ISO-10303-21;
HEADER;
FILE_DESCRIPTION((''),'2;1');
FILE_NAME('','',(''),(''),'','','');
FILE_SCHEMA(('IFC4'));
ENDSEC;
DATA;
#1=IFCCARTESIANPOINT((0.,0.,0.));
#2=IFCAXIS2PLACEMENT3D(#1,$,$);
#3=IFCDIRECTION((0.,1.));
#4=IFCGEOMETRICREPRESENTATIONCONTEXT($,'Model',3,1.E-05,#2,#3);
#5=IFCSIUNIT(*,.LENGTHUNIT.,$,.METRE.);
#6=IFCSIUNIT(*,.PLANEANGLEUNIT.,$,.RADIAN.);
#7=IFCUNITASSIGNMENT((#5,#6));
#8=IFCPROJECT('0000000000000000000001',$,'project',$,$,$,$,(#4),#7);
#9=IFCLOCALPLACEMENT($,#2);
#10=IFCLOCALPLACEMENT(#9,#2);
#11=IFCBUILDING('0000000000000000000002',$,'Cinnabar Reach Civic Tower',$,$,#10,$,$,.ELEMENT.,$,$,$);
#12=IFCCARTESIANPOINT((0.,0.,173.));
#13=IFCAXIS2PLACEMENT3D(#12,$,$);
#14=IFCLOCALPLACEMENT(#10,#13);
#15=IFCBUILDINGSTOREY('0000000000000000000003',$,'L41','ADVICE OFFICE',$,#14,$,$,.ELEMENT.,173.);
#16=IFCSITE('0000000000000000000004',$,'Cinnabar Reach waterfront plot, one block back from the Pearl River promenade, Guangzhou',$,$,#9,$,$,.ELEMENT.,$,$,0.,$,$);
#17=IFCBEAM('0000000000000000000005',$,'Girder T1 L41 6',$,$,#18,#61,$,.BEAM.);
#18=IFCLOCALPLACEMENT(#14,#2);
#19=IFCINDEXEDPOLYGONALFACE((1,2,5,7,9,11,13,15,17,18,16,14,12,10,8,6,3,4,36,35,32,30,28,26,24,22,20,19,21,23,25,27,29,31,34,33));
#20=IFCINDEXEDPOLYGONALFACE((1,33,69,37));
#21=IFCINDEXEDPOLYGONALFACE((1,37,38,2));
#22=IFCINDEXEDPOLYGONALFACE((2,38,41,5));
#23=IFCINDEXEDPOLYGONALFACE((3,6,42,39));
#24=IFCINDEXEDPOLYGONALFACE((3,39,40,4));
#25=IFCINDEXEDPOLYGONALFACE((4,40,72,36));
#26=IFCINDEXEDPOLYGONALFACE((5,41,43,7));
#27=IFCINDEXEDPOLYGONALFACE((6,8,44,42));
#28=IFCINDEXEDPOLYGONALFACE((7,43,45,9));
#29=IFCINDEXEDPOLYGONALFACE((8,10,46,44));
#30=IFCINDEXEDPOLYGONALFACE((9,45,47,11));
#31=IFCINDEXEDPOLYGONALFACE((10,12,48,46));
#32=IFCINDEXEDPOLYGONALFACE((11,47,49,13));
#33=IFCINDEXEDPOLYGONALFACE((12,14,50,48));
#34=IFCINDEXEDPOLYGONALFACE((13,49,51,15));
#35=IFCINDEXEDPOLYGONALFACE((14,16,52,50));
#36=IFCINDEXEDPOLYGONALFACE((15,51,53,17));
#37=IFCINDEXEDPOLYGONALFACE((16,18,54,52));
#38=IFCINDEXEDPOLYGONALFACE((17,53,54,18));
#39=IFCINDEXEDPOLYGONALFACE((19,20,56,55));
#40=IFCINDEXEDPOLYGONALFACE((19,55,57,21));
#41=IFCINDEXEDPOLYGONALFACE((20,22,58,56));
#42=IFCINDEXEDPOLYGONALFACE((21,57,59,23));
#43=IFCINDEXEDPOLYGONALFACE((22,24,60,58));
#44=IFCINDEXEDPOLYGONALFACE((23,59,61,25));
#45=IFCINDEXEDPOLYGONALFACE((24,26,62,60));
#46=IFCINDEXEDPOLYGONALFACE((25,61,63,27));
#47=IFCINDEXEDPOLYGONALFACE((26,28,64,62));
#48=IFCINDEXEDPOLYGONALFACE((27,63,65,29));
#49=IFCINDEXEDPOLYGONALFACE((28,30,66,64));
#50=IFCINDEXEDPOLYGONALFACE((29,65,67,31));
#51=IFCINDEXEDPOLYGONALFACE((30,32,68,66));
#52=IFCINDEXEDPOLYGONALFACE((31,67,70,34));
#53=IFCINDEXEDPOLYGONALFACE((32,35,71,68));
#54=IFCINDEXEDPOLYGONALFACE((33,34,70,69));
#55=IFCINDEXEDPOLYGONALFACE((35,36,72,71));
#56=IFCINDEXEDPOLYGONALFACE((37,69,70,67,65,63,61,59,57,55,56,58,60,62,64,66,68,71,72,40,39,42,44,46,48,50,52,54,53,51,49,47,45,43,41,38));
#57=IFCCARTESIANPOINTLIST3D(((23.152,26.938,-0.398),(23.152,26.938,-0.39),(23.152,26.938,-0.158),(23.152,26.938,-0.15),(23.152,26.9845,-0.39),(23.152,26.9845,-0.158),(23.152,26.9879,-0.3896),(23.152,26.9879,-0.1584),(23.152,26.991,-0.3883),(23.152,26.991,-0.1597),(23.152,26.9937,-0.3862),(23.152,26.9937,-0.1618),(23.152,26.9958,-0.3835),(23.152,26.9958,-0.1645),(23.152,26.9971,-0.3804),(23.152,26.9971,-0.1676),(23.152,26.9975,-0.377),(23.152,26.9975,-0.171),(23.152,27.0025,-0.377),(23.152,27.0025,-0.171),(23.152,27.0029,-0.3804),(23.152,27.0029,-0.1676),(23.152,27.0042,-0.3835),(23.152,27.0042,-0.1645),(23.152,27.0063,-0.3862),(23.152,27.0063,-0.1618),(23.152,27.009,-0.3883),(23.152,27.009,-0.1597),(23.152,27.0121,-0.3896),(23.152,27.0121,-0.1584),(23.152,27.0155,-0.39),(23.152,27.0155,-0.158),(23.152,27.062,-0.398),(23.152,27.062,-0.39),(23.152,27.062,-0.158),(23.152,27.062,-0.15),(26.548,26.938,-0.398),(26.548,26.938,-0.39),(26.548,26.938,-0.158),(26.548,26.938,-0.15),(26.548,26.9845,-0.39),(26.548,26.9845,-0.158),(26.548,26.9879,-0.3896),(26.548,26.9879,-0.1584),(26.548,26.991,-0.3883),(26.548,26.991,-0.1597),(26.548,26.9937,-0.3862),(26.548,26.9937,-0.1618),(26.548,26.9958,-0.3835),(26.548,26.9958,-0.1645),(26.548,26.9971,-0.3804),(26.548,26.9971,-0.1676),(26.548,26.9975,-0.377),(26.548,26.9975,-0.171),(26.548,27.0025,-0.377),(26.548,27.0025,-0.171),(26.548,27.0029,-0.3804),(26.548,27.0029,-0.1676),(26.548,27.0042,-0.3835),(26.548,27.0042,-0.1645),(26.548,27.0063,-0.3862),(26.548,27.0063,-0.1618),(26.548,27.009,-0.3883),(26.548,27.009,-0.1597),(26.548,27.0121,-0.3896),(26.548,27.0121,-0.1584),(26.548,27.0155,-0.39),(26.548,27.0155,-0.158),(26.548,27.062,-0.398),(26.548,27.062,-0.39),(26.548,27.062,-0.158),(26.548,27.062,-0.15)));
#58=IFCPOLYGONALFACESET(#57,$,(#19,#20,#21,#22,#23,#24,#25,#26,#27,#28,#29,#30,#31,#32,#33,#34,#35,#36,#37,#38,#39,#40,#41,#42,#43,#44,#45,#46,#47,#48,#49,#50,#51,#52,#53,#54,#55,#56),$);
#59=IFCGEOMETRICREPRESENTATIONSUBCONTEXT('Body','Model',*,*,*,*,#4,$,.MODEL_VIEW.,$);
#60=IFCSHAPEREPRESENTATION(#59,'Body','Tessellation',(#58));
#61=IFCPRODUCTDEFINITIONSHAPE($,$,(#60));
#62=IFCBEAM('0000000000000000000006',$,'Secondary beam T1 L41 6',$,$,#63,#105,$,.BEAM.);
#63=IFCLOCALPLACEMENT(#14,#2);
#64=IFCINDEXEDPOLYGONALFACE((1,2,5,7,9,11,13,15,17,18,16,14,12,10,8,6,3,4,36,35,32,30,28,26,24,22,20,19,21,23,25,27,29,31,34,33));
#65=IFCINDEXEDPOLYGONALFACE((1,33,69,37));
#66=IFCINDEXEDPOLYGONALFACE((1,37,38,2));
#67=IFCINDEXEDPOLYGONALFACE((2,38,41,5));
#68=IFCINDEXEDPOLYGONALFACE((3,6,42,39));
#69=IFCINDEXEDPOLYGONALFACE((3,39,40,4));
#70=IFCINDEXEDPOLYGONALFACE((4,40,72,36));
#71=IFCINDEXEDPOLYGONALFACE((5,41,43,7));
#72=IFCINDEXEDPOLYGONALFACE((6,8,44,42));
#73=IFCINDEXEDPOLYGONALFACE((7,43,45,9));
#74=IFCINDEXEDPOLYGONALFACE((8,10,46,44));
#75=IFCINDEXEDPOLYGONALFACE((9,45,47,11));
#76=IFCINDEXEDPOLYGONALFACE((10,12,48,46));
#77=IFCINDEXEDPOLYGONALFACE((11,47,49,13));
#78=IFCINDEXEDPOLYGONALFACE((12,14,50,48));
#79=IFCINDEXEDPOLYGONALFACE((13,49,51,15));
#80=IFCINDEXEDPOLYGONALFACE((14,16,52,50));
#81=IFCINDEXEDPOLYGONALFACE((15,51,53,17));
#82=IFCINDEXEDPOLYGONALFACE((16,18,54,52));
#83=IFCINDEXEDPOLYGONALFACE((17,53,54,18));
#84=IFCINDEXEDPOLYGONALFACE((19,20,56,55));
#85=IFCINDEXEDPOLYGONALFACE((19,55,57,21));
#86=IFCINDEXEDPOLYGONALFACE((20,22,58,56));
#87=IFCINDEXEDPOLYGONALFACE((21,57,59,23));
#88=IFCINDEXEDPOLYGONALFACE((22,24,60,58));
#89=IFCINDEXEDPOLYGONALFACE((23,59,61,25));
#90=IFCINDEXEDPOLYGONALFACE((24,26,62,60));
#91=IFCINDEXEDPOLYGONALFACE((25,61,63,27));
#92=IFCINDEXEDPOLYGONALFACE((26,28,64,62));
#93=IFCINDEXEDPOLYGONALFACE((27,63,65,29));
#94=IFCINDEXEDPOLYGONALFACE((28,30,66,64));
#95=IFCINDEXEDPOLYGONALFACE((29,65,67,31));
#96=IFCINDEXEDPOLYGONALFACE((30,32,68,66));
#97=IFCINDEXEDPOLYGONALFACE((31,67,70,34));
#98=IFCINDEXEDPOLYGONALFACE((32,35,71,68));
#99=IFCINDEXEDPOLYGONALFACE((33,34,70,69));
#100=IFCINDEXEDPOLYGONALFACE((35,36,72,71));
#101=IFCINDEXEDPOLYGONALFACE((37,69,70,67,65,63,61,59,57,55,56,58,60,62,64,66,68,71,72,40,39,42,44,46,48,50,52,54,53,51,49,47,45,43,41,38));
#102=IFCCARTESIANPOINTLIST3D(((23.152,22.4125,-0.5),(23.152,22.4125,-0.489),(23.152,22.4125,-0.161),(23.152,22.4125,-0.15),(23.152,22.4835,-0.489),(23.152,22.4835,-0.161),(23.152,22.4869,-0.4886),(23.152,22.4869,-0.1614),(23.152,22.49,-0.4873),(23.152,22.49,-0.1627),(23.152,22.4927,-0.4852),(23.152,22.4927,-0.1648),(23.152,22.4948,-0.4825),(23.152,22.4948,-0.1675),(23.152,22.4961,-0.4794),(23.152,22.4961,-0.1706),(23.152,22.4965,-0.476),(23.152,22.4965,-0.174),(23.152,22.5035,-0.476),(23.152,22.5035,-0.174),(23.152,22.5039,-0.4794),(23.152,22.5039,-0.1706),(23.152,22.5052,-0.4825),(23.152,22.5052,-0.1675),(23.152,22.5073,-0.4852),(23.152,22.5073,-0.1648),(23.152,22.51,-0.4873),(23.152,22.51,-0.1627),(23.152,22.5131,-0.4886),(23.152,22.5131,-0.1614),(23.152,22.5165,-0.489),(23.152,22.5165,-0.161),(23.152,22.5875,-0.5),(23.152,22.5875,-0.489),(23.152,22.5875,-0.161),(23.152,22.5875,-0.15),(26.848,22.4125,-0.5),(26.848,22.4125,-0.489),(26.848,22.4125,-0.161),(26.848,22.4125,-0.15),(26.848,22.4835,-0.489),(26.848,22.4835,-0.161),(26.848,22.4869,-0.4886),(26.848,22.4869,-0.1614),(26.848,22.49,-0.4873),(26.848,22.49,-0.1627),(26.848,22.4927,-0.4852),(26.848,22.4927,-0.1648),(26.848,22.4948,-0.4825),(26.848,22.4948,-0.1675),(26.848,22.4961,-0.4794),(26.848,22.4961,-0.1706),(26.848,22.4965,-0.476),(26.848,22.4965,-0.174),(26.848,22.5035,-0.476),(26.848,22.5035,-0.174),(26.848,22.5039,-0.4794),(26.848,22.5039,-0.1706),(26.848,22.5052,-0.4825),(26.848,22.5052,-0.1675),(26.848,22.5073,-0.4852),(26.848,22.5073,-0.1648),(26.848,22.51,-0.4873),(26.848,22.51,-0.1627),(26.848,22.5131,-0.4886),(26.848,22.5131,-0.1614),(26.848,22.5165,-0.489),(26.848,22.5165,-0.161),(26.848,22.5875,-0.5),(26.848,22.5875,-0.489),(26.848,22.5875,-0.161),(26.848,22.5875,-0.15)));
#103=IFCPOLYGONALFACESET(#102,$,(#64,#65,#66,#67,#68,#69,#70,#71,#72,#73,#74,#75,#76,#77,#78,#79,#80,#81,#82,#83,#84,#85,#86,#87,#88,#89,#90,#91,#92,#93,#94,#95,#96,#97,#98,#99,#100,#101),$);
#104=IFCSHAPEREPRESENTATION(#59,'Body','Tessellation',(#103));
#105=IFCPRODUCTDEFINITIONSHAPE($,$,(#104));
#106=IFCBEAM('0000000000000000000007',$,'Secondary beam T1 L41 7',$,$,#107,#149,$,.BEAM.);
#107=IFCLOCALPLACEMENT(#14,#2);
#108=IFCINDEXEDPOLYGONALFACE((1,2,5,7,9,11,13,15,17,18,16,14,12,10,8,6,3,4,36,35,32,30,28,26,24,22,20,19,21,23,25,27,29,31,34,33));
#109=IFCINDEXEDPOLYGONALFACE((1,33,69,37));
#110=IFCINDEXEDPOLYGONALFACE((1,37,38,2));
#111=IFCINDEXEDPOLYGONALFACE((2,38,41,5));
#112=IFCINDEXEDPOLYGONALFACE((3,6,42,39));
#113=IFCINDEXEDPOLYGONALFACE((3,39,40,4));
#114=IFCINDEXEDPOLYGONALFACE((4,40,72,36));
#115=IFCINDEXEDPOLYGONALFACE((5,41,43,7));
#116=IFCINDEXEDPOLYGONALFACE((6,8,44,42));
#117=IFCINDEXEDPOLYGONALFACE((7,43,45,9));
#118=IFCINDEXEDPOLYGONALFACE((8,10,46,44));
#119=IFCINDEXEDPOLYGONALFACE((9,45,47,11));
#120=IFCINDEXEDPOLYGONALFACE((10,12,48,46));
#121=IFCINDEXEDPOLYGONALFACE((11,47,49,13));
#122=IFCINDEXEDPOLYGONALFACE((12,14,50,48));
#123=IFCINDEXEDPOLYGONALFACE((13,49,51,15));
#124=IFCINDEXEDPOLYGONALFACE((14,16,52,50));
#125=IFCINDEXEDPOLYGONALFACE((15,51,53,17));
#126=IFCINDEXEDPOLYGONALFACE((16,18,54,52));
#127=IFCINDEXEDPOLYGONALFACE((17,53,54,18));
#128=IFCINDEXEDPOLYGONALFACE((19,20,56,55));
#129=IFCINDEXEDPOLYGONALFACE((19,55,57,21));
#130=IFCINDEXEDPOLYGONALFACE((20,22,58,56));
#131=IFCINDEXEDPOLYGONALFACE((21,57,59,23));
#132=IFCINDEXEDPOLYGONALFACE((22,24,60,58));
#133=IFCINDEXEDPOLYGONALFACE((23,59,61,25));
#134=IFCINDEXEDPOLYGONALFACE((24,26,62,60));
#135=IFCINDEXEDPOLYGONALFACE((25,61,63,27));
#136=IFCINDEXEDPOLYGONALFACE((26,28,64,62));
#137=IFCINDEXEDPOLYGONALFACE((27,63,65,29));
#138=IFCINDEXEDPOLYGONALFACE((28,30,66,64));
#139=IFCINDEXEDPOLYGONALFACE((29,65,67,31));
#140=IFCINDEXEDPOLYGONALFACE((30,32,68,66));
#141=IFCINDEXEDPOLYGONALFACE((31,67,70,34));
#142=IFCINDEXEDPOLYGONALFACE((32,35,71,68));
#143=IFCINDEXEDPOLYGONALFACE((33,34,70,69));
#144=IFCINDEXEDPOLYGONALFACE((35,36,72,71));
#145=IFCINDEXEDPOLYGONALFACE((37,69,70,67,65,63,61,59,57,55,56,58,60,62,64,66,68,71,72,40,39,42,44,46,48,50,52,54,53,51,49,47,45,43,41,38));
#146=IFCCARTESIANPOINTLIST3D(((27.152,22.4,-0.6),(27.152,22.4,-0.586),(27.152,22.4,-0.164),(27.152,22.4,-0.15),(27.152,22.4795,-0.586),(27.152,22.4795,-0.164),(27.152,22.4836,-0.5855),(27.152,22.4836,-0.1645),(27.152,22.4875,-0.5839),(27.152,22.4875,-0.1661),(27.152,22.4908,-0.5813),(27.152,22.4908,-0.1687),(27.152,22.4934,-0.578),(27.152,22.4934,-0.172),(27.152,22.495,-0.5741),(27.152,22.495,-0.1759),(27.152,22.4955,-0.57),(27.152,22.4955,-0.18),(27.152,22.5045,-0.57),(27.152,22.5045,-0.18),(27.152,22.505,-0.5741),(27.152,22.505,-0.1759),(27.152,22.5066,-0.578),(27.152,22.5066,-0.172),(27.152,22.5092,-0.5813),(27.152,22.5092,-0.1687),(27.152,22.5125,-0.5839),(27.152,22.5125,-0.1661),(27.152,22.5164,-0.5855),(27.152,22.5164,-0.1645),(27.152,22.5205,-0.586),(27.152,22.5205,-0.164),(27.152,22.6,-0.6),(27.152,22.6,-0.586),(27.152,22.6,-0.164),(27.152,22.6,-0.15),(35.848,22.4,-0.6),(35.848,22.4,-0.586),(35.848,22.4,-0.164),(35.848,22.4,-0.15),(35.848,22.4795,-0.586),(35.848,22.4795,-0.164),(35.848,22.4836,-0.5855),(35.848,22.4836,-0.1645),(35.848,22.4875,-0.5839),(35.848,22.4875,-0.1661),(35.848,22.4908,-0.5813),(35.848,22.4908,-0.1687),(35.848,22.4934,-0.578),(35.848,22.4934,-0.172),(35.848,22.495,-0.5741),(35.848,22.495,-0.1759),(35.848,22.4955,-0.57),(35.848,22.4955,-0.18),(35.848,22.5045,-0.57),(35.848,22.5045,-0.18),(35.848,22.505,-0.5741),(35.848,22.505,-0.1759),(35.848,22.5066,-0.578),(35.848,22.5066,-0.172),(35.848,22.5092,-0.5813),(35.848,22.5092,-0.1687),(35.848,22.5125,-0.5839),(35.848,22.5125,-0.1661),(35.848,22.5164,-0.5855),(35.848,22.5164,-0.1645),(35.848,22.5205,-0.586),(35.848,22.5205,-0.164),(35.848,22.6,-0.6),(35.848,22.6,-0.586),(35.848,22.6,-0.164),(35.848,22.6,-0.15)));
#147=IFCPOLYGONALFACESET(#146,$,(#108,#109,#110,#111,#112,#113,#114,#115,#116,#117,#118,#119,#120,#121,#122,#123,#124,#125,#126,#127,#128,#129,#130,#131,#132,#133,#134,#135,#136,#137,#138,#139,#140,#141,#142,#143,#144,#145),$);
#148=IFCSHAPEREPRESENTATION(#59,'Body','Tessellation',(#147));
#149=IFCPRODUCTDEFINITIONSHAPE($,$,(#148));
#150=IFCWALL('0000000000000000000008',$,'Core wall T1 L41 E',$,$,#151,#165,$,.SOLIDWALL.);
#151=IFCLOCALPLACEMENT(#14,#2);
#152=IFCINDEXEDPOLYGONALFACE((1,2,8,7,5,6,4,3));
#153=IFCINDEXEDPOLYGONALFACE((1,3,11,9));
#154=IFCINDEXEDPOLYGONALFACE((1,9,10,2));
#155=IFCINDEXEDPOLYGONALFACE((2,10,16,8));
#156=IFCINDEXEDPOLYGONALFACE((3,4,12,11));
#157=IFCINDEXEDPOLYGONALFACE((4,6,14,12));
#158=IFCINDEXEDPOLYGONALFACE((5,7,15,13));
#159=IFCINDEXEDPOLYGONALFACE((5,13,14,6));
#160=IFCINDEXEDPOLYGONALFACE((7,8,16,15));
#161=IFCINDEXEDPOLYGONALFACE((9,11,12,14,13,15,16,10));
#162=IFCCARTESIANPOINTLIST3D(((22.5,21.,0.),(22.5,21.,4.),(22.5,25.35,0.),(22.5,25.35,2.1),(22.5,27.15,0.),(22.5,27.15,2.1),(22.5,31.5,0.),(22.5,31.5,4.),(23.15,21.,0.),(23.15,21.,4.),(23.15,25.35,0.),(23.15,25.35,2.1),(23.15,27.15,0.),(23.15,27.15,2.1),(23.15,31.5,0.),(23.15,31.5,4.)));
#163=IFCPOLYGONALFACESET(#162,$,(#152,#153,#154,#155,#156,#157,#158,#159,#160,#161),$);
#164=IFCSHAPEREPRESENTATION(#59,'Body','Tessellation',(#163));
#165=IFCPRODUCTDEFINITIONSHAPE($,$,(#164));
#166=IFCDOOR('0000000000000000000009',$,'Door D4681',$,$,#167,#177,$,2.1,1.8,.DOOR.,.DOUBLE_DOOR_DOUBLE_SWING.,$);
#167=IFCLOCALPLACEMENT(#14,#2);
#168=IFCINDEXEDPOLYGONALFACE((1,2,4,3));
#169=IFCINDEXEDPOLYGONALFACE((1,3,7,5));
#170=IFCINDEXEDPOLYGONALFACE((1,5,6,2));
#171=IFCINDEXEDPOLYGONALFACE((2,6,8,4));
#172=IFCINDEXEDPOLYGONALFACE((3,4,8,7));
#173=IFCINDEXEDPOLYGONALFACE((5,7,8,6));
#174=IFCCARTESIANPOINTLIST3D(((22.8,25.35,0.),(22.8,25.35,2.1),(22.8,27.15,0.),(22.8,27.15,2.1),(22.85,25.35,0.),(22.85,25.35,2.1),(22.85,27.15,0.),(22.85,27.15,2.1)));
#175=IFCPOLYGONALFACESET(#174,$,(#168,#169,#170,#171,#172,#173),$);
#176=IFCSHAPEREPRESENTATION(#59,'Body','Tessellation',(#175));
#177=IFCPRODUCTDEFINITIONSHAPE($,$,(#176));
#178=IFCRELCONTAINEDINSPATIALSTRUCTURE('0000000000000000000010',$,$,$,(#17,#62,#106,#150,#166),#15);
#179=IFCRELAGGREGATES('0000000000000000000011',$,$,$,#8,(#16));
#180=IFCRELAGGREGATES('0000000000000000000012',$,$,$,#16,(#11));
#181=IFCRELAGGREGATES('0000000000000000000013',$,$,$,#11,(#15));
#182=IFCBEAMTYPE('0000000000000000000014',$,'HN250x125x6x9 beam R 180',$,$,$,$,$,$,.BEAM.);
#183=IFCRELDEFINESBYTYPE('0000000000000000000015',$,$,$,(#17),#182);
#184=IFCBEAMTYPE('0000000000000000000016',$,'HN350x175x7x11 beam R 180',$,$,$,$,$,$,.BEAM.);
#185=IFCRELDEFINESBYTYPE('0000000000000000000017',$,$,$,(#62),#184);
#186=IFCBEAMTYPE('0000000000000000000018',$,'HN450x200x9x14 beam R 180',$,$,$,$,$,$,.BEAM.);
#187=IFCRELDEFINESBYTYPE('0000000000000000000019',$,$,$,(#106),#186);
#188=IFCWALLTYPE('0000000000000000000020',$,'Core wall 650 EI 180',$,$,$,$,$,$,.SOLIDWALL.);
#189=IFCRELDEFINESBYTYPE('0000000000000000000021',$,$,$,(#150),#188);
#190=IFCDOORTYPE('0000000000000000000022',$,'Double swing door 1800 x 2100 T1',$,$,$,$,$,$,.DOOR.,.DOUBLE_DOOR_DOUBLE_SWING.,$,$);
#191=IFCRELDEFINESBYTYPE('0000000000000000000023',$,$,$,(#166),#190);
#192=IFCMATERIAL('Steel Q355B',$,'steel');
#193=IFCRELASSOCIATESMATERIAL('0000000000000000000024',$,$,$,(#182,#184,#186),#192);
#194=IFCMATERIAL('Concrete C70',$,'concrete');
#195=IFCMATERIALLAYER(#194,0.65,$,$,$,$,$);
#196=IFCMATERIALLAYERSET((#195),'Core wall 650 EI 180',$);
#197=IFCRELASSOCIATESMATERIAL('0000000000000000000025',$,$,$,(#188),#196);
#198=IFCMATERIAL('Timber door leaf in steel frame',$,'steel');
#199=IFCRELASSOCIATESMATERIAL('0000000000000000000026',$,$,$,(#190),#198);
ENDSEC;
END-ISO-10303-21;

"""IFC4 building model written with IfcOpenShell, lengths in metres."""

from ifc_helpers import new_model, si_unit, direction, frame, frame_2d, origin, origin_2d, place, context, subcontext, project, spatial, rectangle, i_section, extrude, material, layer, layer_set, material_profile, profile_set, type_object, element, fill, save


model = new_model("IFC4")

# Units and contexts
model_context = context("Model", 3, precision=1e-05, world=origin(), true_north=direction((0.0, 1.0)))
body_context = subcontext(model_context, "Body", "Model", "MODEL_VIEW")
ifc_project = project(units=[si_unit("LENGTHUNIT", "METRE"), si_unit("PLANEANGLEUNIT", "RADIAN")], contexts=[model_context])

# Site, building, storey
site_placement = place(None, origin())
site = spatial("IfcSite", under=ifc_project, at=site_placement, Name="Cinnabar Reach waterfront plot, one block back from the Pearl River promenade, Guangzhou", CompositionType="ELEMENT", RefElevation=0.0)
building_placement = place(site_placement, origin())
building = spatial("IfcBuilding", under=site, at=building_placement, Name="Cinnabar Reach Civic Tower", CompositionType="ELEMENT")
storey_placement = place(building_placement, frame((0.0, 0.0, 173.0)))
storey = spatial("IfcBuildingStorey", under=building, at=storey_placement, Name="L41", Description="ADVICE OFFICE", CompositionType="ELEMENT", Elevation=173.0)

# Shared definitions
ifc_material_1 = material(Name="Concrete C70", Category="concrete")

# Beams
ifc_material_2 = material(Name="Steel Q355B", Category="steel")
ifc_material_profile_1 = material_profile(ifc_material_2, i_section(OverallWidth=0.124, OverallDepth=0.248, WebThickness=0.005, FlangeThickness=0.008, FilletRadius=0.013, at=origin_2d()), Name="HN250x125x6x9")
ifc_profile_set_1 = profile_set([ifc_material_profile_1], Name="Steel Q355B")
beam_type_1 = type_object("IfcBeamType", Name="HN250x125x6x9 beam R 180", PredefinedType="BEAM", material=ifc_profile_set_1)
beam_1_placement = place(storey_placement, frame((23.152, 27.0, -0.274), z_axis=(1.0, 0.0, 0.0), x_axis=(0.0, 1.0, 0.0)))
element("IfcBeam", 1, at=beam_1_placement, inside=storey, type_object=beam_type_1, Name="Girder T1 L41 6", PredefinedType="BEAM", context=body_context, shape_type="SweptSolid", body=[
    extrude(i_section(OverallWidth=0.124, OverallDepth=0.248, WebThickness=0.005, FlangeThickness=0.008, FilletRadius=0.013, at=origin_2d()), origin(), (0.0, 0.0, 1.0), 3.396),
])
ifc_material_profile_2 = material_profile(ifc_material_2, i_section(OverallWidth=0.175, OverallDepth=0.35, WebThickness=0.007, FlangeThickness=0.011, FilletRadius=0.013, at=origin_2d()), Name="HN350x175x7x11")
ifc_profile_set_2 = profile_set([ifc_material_profile_2], Name="Steel Q355B")
beam_type_2 = type_object("IfcBeamType", Name="HN350x175x7x11 beam R 180", PredefinedType="BEAM", material=ifc_profile_set_2)
beam_2_placement = place(storey_placement, frame((23.152, 22.5, -0.325), z_axis=(1.0, 0.0, 0.0), x_axis=(0.0, 1.0, 0.0)))
element("IfcBeam", 2, at=beam_2_placement, inside=storey, type_object=beam_type_2, Name="Secondary beam T1 L41 6", PredefinedType="BEAM", context=body_context, shape_type="SweptSolid", body=[
    extrude(i_section(OverallWidth=0.175, OverallDepth=0.35, WebThickness=0.007, FlangeThickness=0.011, FilletRadius=0.013, at=origin_2d()), origin(), (0.0, 0.0, 1.0), 3.696),
])
ifc_material_profile_3 = material_profile(ifc_material_2, i_section(OverallWidth=0.2, OverallDepth=0.45, WebThickness=0.009, FlangeThickness=0.014, FilletRadius=0.016, at=origin_2d()), Name="HN450x200x9x14")
ifc_profile_set_3 = profile_set([ifc_material_profile_3], Name="Steel Q355B")
beam_type_3 = type_object("IfcBeamType", Name="HN450x200x9x14 beam R 180", PredefinedType="BEAM", material=ifc_profile_set_3)
beam_3_placement = place(storey_placement, frame((27.152, 22.5, -0.375), z_axis=(1.0, 0.0, 0.0), x_axis=(0.0, 1.0, 0.0)))
element("IfcBeam", 3, at=beam_3_placement, inside=storey, type_object=beam_type_3, Name="Secondary beam T1 L41 7", PredefinedType="BEAM", context=body_context, shape_type="SweptSolid", body=[
    extrude(i_section(OverallWidth=0.2, OverallDepth=0.45, WebThickness=0.009, FlangeThickness=0.014, FilletRadius=0.016, at=origin_2d()), origin(), (0.0, 0.0, 1.0), 8.696),
])

# Wall, opening, door
ifc_layer_1 = layer(ifc_material_1, 0.65)
ifc_layer_set_1 = layer_set([ifc_layer_1], Name="Core wall 650 EI 180")
wall_type_1 = type_object("IfcWallType", Name="Core wall 650 EI 180", PredefinedType="SOLIDWALL", material=ifc_layer_set_1)
wall_1_placement = place(storey_placement, frame((22.825, 21.0, 0.0), z_axis=(0.0, 0.0, 1.0), x_axis=(0.0, 1.0, 0.0)))
wall_1 = element("IfcWall", 4, at=wall_1_placement, inside=storey, type_object=wall_type_1, Name="Core wall T1 L41 E", PredefinedType="SOLIDWALL", context=body_context, shape_type="SweptSolid", body=[
    extrude(rectangle(XDim=10.5, YDim=0.65, at=frame_2d((5.25, 0.0))), origin(), (0.0, 0.0, 1.0), 4.0),
])
opening_1_placement = place(wall_1_placement, frame((4.35, 0.0, 0.0)))
opening_1 = element("IfcOpeningElement", 5, at=opening_1_placement, cuts=wall_1, PredefinedType="OPENING", context=body_context, shape_type="SweptSolid", body=[
    extrude(rectangle(XDim=1.8, YDim=2.1, at=frame_2d((0.9, 1.05))), frame((0.0, 0.335, 0.0), z_axis=(0.0, -1.0, 0.0), x_axis=(1.0, 0.0, 0.0)), (0.0, 0.0, 1.0), 0.67),
])
ifc_material_3 = material(Name="Timber door leaf in steel frame", Category="steel")
door_type_1 = type_object("IfcDoorType", Name="Double swing door 1800 x 2100 T1", OperationType="DOUBLE_DOOR_DOUBLE_SWING", PredefinedType="DOOR", material=ifc_material_3)
door_1_placement = place(opening_1_placement, origin())
door_1 = element("IfcDoor", 6, at=door_1_placement, inside=storey, type_object=door_type_1, Name="Door D4681", OperationType="DOUBLE_DOOR_DOUBLE_SWING", OverallHeight=2.1, OverallWidth=1.8, PredefinedType="DOOR", context=body_context, shape_type="SweptSolid", body=[
    extrude(rectangle(XDim=1.8, YDim=2.1, at=frame_2d((0.9, 1.05))), frame((0.0, 0.025, 0.0), z_axis=(0.0, -1.0, 0.0), x_axis=(1.0, 0.0, 0.0)), (0.0, 0.0, 1.0), 0.05),
])
fill(opening_1, door_1)

save(model, "model.ifc")
